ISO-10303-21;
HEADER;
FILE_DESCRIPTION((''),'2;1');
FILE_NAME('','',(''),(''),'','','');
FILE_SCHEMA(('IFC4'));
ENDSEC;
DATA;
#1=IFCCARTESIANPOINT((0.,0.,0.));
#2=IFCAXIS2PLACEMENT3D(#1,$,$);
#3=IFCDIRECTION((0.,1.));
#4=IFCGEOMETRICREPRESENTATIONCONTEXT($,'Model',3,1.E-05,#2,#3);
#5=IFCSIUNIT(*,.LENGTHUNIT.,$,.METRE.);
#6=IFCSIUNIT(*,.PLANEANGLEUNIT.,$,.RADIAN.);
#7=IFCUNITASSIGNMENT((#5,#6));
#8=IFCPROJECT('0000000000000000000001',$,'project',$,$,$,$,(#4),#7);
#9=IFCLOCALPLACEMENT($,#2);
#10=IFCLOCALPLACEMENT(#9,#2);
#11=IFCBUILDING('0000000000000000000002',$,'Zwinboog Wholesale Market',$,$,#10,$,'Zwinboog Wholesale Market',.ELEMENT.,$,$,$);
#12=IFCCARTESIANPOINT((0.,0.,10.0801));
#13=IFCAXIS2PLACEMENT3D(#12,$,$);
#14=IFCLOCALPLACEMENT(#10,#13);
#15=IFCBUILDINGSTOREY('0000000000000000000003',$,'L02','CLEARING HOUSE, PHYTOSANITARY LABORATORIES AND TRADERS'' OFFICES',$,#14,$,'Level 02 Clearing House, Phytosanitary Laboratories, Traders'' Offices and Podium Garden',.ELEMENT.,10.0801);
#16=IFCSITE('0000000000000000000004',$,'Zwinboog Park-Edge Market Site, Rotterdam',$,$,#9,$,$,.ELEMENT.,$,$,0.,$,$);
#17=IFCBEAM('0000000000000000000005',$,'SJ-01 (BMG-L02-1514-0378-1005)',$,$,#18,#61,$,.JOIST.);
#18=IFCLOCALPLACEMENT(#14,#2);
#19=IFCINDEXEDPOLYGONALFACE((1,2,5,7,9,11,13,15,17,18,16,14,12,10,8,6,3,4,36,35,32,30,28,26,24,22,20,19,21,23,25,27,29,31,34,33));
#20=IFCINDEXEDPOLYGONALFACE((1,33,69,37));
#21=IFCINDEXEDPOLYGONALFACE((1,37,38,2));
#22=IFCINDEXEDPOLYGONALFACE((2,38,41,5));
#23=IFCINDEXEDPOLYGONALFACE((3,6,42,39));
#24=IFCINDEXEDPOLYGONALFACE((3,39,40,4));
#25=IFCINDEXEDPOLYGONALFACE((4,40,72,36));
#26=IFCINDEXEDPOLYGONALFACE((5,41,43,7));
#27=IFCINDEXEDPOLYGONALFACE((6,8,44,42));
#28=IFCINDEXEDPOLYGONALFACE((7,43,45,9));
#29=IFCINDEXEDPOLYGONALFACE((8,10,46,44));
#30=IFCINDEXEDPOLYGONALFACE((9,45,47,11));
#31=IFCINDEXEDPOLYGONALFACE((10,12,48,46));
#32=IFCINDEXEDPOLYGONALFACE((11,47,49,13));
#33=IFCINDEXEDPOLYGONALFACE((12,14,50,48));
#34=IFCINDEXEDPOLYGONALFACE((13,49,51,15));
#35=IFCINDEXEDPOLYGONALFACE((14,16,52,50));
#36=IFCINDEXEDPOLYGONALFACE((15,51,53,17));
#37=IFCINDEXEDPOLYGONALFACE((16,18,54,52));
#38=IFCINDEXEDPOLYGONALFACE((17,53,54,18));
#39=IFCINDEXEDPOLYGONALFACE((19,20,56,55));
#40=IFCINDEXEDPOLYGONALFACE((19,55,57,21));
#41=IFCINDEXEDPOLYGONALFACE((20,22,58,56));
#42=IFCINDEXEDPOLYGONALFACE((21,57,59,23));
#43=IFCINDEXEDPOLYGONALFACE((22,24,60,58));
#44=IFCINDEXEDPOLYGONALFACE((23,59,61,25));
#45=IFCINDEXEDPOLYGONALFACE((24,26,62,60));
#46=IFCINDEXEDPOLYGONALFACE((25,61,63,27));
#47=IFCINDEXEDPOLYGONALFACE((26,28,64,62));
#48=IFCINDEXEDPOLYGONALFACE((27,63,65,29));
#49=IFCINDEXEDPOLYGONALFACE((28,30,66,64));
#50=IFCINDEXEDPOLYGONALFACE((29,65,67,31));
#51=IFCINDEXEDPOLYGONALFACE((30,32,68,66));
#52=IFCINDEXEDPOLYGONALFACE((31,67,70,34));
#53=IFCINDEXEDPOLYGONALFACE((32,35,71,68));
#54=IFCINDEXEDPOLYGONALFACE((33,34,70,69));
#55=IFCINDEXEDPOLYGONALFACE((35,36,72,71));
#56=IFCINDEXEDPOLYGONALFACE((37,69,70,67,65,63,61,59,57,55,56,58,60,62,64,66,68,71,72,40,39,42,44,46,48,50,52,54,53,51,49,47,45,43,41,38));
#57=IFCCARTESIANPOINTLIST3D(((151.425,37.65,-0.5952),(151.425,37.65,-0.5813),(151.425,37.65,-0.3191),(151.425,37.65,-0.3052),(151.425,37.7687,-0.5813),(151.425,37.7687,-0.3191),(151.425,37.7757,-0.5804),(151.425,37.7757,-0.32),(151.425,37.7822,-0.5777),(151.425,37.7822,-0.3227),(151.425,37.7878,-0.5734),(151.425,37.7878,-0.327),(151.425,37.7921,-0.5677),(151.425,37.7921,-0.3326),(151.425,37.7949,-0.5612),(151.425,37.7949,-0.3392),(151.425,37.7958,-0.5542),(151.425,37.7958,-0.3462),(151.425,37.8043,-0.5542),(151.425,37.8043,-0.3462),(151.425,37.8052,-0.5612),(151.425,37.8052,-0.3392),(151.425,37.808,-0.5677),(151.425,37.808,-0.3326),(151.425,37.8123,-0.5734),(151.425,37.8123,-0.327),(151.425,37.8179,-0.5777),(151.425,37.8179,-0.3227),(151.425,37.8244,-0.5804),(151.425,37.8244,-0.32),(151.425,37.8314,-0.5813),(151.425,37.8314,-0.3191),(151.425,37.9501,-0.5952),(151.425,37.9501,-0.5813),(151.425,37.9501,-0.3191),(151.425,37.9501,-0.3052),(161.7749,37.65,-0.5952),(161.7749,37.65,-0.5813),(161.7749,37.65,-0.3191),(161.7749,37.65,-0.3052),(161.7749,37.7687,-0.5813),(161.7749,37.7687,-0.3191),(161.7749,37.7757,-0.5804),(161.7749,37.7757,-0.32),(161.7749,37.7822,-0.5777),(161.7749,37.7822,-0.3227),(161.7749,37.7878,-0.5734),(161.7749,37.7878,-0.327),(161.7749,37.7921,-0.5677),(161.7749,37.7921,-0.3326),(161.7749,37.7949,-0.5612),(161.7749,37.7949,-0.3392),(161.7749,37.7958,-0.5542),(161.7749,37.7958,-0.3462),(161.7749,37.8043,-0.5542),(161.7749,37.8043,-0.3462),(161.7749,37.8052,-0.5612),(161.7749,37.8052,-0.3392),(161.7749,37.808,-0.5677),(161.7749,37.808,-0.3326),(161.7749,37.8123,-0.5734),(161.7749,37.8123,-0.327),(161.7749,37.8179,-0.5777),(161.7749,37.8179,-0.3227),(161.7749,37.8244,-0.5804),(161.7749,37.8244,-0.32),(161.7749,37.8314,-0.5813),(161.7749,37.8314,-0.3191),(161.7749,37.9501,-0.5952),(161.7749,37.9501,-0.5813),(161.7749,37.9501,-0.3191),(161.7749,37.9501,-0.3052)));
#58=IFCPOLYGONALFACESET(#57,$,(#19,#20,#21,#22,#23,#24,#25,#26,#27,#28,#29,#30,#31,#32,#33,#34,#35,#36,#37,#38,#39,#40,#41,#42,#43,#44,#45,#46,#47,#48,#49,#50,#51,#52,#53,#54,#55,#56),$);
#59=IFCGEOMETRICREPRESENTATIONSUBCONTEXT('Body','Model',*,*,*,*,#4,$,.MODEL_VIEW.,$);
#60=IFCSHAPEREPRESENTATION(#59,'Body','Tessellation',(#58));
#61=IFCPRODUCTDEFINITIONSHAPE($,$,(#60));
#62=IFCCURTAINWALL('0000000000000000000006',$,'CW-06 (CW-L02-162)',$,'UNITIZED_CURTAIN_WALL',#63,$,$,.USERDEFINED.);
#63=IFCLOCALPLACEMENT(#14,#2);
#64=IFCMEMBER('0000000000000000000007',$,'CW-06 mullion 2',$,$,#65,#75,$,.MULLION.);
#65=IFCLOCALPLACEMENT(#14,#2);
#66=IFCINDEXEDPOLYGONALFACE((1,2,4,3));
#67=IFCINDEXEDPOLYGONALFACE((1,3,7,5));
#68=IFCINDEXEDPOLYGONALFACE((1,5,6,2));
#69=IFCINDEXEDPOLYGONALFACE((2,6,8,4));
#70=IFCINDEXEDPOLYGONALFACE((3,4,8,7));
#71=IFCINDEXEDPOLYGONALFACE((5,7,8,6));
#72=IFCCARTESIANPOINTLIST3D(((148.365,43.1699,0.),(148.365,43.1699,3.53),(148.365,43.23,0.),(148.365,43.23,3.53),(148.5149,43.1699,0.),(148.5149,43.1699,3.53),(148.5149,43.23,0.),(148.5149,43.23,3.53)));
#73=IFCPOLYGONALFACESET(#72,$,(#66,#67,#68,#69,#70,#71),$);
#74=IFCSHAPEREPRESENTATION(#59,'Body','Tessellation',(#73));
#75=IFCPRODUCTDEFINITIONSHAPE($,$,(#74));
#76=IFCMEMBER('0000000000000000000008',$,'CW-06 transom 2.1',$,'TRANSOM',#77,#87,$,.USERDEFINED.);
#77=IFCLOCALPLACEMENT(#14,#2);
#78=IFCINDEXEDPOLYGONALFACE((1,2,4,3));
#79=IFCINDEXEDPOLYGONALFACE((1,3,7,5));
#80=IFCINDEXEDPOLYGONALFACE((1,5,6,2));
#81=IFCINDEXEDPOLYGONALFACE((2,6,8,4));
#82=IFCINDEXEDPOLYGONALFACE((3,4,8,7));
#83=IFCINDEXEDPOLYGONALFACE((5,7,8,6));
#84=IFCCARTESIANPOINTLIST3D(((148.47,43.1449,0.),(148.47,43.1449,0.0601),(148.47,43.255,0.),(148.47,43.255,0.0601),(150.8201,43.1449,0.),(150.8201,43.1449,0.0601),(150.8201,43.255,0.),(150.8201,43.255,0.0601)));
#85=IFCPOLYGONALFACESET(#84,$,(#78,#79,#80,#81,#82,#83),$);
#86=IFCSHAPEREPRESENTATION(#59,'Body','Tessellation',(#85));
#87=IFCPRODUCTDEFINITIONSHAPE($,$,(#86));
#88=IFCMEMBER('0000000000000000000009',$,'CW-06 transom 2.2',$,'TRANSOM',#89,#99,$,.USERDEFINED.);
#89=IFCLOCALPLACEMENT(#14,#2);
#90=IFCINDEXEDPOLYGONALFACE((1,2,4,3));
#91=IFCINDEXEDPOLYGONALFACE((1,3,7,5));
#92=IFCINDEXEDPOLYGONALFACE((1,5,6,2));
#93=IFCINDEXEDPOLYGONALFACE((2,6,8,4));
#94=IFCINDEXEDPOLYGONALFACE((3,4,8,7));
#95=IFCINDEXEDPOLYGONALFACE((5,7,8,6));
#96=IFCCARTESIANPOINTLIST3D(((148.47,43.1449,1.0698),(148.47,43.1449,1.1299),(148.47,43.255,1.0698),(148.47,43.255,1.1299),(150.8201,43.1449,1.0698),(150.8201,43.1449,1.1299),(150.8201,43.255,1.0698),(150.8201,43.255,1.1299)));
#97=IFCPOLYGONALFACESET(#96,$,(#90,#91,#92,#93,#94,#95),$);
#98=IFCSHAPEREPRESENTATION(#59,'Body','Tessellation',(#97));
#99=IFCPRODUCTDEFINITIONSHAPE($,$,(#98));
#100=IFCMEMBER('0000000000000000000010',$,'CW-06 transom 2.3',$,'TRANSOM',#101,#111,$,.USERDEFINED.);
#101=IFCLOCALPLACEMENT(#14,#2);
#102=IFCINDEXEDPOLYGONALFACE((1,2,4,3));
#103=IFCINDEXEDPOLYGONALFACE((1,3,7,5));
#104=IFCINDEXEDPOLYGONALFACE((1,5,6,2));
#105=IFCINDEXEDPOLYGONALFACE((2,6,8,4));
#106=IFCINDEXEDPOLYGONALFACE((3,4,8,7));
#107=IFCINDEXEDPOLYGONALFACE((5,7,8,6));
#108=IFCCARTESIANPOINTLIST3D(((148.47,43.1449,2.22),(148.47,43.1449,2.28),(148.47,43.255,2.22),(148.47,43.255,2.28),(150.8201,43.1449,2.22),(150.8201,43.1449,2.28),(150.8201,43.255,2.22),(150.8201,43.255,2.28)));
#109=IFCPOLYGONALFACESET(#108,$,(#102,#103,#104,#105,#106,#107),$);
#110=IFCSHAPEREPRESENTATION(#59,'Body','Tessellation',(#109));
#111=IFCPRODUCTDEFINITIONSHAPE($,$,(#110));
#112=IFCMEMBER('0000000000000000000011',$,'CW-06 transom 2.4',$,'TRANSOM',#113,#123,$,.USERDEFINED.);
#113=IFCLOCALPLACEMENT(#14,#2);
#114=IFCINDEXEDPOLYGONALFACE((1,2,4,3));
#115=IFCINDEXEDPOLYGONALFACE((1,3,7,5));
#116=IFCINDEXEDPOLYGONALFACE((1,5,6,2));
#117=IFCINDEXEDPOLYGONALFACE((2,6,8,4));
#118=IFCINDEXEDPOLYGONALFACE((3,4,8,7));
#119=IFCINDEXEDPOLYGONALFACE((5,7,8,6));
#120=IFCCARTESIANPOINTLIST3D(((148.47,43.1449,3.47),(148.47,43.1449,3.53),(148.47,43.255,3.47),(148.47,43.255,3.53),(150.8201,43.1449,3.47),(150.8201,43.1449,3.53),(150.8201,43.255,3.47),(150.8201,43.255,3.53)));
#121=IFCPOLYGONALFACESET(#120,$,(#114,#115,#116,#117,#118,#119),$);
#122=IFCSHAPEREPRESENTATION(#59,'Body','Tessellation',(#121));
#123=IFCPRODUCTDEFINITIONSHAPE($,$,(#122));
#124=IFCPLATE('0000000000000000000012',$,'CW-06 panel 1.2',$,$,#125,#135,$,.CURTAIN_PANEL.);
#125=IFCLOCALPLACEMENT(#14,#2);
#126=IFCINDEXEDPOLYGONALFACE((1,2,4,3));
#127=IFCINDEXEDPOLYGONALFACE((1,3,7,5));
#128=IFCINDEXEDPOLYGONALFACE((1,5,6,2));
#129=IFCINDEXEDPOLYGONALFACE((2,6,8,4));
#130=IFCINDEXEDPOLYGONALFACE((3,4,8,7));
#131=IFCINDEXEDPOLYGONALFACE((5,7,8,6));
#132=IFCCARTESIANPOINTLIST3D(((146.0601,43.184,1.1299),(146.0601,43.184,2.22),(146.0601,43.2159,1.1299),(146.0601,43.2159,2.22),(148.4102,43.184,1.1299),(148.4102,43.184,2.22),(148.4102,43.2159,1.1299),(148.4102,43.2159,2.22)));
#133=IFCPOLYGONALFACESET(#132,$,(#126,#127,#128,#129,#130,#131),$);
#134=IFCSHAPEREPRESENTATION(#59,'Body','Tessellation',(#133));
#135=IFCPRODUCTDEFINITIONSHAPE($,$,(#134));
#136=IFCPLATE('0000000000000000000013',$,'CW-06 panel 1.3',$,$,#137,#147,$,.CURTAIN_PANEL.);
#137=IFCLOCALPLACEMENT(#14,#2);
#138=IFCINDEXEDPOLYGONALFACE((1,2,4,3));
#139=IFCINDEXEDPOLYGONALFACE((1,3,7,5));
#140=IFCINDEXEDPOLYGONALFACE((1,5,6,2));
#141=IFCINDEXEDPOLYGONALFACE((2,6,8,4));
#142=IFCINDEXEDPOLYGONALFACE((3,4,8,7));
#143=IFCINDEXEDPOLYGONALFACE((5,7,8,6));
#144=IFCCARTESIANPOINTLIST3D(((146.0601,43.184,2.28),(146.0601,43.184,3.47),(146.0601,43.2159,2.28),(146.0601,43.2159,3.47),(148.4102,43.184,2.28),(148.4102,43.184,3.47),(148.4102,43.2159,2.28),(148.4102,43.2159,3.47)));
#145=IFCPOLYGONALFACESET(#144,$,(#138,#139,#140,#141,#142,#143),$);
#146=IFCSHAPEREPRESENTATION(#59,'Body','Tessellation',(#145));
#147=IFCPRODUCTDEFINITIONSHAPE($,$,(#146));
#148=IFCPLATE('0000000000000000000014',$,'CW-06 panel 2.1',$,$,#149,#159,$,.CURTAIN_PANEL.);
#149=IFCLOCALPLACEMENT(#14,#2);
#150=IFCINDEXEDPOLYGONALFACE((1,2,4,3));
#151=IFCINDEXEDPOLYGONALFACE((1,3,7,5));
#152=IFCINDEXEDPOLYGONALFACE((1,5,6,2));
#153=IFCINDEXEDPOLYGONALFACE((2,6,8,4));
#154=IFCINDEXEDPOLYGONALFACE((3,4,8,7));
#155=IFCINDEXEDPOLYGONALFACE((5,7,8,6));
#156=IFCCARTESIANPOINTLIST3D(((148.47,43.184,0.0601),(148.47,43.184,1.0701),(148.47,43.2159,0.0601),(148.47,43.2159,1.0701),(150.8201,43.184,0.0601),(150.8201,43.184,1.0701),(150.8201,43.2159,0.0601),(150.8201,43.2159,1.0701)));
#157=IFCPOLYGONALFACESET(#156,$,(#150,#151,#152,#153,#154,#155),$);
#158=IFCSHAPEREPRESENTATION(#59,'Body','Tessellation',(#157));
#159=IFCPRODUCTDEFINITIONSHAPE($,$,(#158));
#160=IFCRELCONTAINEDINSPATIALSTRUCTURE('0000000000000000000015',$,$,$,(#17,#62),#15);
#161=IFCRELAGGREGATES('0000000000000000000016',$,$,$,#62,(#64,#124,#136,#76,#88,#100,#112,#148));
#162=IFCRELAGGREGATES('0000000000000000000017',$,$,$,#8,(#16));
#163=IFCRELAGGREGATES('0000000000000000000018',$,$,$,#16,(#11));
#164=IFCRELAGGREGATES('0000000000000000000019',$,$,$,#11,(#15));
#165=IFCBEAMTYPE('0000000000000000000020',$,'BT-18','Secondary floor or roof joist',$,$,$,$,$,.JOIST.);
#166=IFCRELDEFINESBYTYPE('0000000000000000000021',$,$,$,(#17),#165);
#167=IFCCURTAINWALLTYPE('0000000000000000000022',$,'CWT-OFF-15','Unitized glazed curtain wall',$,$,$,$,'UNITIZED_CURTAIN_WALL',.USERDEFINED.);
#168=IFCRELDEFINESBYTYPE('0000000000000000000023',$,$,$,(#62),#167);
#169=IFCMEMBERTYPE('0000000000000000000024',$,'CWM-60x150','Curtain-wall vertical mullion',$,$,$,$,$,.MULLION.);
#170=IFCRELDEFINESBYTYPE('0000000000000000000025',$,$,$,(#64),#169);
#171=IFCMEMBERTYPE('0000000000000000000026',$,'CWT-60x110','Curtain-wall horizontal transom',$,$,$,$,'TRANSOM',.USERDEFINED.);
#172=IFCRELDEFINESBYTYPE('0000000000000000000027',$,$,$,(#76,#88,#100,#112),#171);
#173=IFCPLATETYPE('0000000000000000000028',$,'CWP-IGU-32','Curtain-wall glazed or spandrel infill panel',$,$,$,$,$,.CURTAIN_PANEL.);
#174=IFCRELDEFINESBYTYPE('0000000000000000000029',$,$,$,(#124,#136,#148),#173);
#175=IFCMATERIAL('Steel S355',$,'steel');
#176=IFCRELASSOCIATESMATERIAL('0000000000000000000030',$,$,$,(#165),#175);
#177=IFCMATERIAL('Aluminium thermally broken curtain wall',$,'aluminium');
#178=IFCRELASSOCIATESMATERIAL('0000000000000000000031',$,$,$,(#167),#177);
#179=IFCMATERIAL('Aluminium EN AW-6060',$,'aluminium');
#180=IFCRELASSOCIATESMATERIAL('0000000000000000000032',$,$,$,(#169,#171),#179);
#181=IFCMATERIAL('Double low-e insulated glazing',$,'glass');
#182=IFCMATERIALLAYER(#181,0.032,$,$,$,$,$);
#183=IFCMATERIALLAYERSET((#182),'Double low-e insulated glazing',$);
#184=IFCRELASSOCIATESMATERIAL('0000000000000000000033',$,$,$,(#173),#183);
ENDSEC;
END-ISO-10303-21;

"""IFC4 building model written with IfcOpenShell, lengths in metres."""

from ifc_helpers import new_model, si_unit, direction, frame, origin, origin_2d, place, context, subcontext, project, spatial, rectangle, i_section, extrude, material, layer, layer_set, material_profile, profile_set, type_object, element, aggregate, save


model = new_model("IFC4")

# Units and contexts
model_context = context("Model", 3, precision=1e-05, world=origin(), true_north=direction((0.0, 1.0)))
body_context = subcontext(model_context, "Body", "Model", "MODEL_VIEW")
ifc_project = project(units=[si_unit("LENGTHUNIT", "METRE"), si_unit("PLANEANGLEUNIT", "RADIAN")], contexts=[model_context])

# Site, building, storey
site_placement = place(None, origin())
site = spatial("IfcSite", under=ifc_project, at=site_placement, Name="Zwinboog Park-Edge Market Site, Rotterdam", CompositionType="ELEMENT", RefElevation=0.0)
building_placement = place(site_placement, origin())
building = spatial("IfcBuilding", under=site, at=building_placement, Name="Zwinboog Wholesale Market", LongName="Zwinboog Wholesale Market", CompositionType="ELEMENT")
storey_placement = place(building_placement, frame((0.0, 0.0, 10.0801)))
storey = spatial("IfcBuildingStorey", under=building, at=storey_placement, Name="L02", Description="CLEARING HOUSE, PHYTOSANITARY LABORATORIES AND TRADERS' OFFICES", LongName="Level 02 Clearing House, Phytosanitary Laboratories, Traders' Offices and Podium Garden", CompositionType="ELEMENT", Elevation=10.0801)

# Beam
ifc_material_1 = material(Name="Steel S355", Category="steel")
ifc_material_profile_1 = material_profile(ifc_material_1, i_section(OverallWidth=0.3, OverallDepth=0.29, WebThickness=0.0085, FlangeThickness=0.0139, FilletRadius=0.0271, at=origin_2d()), Name="HEA 300")
ifc_profile_set_1 = profile_set([ifc_material_profile_1], Name="Steel S355")
beam_type = type_object("IfcBeamType", Name="BT-18", Description="Secondary floor or roof joist", PredefinedType="JOIST", material=ifc_profile_set_1)
beam_placement = place(storey_placement, frame((151.425, 37.8, -0.4502), z_axis=(1.0, 0.0, 0.0), x_axis=(0.0, 1.0, 0.0)))
element("IfcBeam", 1, at=beam_placement, inside=storey, type_object=beam_type, Name="SJ-01 (BMG-L02-1514-0378-1005)", PredefinedType="JOIST", context=body_context, shape_type="SweptSolid", body=[
    extrude(i_section(OverallWidth=0.3, OverallDepth=0.29, WebThickness=0.0085, FlangeThickness=0.0139, FilletRadius=0.0271, at=origin_2d()), origin(), (0.0, 0.0, 1.0), 10.3499),
])

# Curtain wall, members, plates
ifc_material_2 = material(Name="Aluminium thermally broken curtain wall", Category="aluminium")
curtain_wall_type = type_object("IfcCurtainWallType", Name="CWT-OFF-15", Description="Unitized glazed curtain wall", ElementType="UNITIZED_CURTAIN_WALL", PredefinedType="USERDEFINED", material=ifc_material_2)
curtain_wall_placement = place(storey_placement, origin())
curtain_wall = element("IfcCurtainWall", 2, at=curtain_wall_placement, inside=storey, type_object=curtain_wall_type, Name="CW-06 (CW-L02-162)", ObjectType="UNITIZED_CURTAIN_WALL", PredefinedType="USERDEFINED")
ifc_material_3 = material(Name="Aluminium EN AW-6060", Category="aluminium")
ifc_material_profile_2 = material_profile(ifc_material_3, rectangle(XDim=0.0601, YDim=0.1499, at=origin_2d()), Name="AL 60x150")
ifc_profile_set_2 = profile_set([ifc_material_profile_2], Name="Aluminium EN AW-6060")
member_type_1 = type_object("IfcMemberType", Name="CWM-60x150", Description="Curtain-wall vertical mullion", PredefinedType="MULLION", material=ifc_profile_set_2)
member_1_placement = place(storey_placement, frame((148.4399, 43.2, 0.0), z_axis=(0.0, 0.0, 1.0), x_axis=(0.0, 1.0, 0.0)))
member_1 = element("IfcMember", 3, at=member_1_placement, type_object=member_type_1, Name="CW-06 mullion 2", PredefinedType="MULLION", context=body_context, shape_type="SweptSolid", body=[
    extrude(rectangle(XDim=0.0601, YDim=0.1499, at=origin_2d()), origin(), (0.0, 0.0, 1.0), 3.53),
])
ifc_material_profile_3 = material_profile(ifc_material_3, rectangle(XDim=0.1101, YDim=0.0601, at=origin_2d()), Name="AL 60x110")
ifc_profile_set_3 = profile_set([ifc_material_profile_3], Name="Aluminium EN AW-6060")
member_type_2 = type_object("IfcMemberType", Name="CWT-60x110", Description="Curtain-wall horizontal transom", ElementType="TRANSOM", PredefinedType="USERDEFINED", material=ifc_profile_set_3)
member_2_placement = place(storey_placement, frame((148.47, 43.2, 0.03), z_axis=(1.0, 0.0, 0.0), x_axis=(0.0, 1.0, 0.0)))
member_2 = element("IfcMember", 4, at=member_2_placement, type_object=member_type_2, Name="CW-06 transom 2.1", ObjectType="TRANSOM", PredefinedType="USERDEFINED", context=body_context, shape_type="SweptSolid", body=[
    extrude(rectangle(XDim=0.1101, YDim=0.0601, at=origin_2d()), origin(), (0.0, 0.0, 1.0), 2.3501),
])
member_3_placement = place(storey_placement, frame((148.47, 43.2, 1.0999), z_axis=(1.0, 0.0, 0.0), x_axis=(0.0, 1.0, 0.0)))
member_3 = element("IfcMember", 5, at=member_3_placement, type_object=member_type_2, Name="CW-06 transom 2.2", ObjectType="TRANSOM", PredefinedType="USERDEFINED", context=body_context, shape_type="SweptSolid", body=[
    extrude(rectangle(XDim=0.1101, YDim=0.0601, at=origin_2d()), origin(), (0.0, 0.0, 1.0), 2.3501),
])
member_4_placement = place(storey_placement, frame((148.47, 43.2, 2.25), z_axis=(1.0, 0.0, 0.0), x_axis=(0.0, 1.0, 0.0)))
member_4 = element("IfcMember", 6, at=member_4_placement, type_object=member_type_2, Name="CW-06 transom 2.3", ObjectType="TRANSOM", PredefinedType="USERDEFINED", context=body_context, shape_type="SweptSolid", body=[
    extrude(rectangle(XDim=0.1101, YDim=0.0601, at=origin_2d()), origin(), (0.0, 0.0, 1.0), 2.3501),
])
member_5_placement = place(storey_placement, frame((148.47, 43.2, 3.5), z_axis=(1.0, 0.0, 0.0), x_axis=(0.0, 1.0, 0.0)))
member_5 = element("IfcMember", 7, at=member_5_placement, type_object=member_type_2, Name="CW-06 transom 2.4", ObjectType="TRANSOM", PredefinedType="USERDEFINED", context=body_context, shape_type="SweptSolid", body=[
    extrude(rectangle(XDim=0.1101, YDim=0.0601, at=origin_2d()), origin(), (0.0, 0.0, 1.0), 2.3501),
])
ifc_material_4 = material(Name="Double low-e insulated glazing", Category="glass")
ifc_layer_1 = layer(ifc_material_4, 0.032)
ifc_layer_set_1 = layer_set([ifc_layer_1], Name="Double low-e insulated glazing")
plate_type = type_object("IfcPlateType", Name="CWP-IGU-32", Description="Curtain-wall glazed or spandrel infill panel", PredefinedType="CURTAIN_PANEL", material=ifc_layer_set_1)
plate_1_placement = place(storey_placement, frame((147.2351, 43.2, 1.1299), z_axis=(0.0, 0.0, 1.0), x_axis=(1.0, 0.0, 0.0)))
plate_1 = element("IfcPlate", 8, at=plate_1_placement, type_object=plate_type, Name="CW-06 panel 1.2", PredefinedType="CURTAIN_PANEL", context=body_context, shape_type="SweptSolid", body=[
    extrude(rectangle(XDim=2.3501, YDim=0.032, at=origin_2d()), origin(), (0.0, 0.0, 1.0), 1.0901),
])
plate_2_placement = place(storey_placement, frame((147.2351, 43.2, 2.28), z_axis=(0.0, 0.0, 1.0), x_axis=(1.0, 0.0, 0.0)))
plate_2 = element("IfcPlate", 9, at=plate_2_placement, type_object=plate_type, Name="CW-06 panel 1.3", PredefinedType="CURTAIN_PANEL", context=body_context, shape_type="SweptSolid", body=[
    extrude(rectangle(XDim=2.3501, YDim=0.032, at=origin_2d()), origin(), (0.0, 0.0, 1.0), 1.1899),
])
plate_3_placement = place(storey_placement, frame((149.645, 43.2, 0.0601), z_axis=(0.0, 0.0, 1.0), x_axis=(1.0, 0.0, 0.0)))
plate_3 = element("IfcPlate", 10, at=plate_3_placement, type_object=plate_type, Name="CW-06 panel 2.1", PredefinedType="CURTAIN_PANEL", context=body_context, shape_type="SweptSolid", body=[
    extrude(rectangle(XDim=2.3501, YDim=0.032, at=origin_2d()), origin(), (0.0, 0.0, 1.0), 1.01),
])
aggregate(curtain_wall, [member_1, plate_1, plate_2, member_2, member_3, member_4, member_5, plate_3])

save(model, "model.ifc")
